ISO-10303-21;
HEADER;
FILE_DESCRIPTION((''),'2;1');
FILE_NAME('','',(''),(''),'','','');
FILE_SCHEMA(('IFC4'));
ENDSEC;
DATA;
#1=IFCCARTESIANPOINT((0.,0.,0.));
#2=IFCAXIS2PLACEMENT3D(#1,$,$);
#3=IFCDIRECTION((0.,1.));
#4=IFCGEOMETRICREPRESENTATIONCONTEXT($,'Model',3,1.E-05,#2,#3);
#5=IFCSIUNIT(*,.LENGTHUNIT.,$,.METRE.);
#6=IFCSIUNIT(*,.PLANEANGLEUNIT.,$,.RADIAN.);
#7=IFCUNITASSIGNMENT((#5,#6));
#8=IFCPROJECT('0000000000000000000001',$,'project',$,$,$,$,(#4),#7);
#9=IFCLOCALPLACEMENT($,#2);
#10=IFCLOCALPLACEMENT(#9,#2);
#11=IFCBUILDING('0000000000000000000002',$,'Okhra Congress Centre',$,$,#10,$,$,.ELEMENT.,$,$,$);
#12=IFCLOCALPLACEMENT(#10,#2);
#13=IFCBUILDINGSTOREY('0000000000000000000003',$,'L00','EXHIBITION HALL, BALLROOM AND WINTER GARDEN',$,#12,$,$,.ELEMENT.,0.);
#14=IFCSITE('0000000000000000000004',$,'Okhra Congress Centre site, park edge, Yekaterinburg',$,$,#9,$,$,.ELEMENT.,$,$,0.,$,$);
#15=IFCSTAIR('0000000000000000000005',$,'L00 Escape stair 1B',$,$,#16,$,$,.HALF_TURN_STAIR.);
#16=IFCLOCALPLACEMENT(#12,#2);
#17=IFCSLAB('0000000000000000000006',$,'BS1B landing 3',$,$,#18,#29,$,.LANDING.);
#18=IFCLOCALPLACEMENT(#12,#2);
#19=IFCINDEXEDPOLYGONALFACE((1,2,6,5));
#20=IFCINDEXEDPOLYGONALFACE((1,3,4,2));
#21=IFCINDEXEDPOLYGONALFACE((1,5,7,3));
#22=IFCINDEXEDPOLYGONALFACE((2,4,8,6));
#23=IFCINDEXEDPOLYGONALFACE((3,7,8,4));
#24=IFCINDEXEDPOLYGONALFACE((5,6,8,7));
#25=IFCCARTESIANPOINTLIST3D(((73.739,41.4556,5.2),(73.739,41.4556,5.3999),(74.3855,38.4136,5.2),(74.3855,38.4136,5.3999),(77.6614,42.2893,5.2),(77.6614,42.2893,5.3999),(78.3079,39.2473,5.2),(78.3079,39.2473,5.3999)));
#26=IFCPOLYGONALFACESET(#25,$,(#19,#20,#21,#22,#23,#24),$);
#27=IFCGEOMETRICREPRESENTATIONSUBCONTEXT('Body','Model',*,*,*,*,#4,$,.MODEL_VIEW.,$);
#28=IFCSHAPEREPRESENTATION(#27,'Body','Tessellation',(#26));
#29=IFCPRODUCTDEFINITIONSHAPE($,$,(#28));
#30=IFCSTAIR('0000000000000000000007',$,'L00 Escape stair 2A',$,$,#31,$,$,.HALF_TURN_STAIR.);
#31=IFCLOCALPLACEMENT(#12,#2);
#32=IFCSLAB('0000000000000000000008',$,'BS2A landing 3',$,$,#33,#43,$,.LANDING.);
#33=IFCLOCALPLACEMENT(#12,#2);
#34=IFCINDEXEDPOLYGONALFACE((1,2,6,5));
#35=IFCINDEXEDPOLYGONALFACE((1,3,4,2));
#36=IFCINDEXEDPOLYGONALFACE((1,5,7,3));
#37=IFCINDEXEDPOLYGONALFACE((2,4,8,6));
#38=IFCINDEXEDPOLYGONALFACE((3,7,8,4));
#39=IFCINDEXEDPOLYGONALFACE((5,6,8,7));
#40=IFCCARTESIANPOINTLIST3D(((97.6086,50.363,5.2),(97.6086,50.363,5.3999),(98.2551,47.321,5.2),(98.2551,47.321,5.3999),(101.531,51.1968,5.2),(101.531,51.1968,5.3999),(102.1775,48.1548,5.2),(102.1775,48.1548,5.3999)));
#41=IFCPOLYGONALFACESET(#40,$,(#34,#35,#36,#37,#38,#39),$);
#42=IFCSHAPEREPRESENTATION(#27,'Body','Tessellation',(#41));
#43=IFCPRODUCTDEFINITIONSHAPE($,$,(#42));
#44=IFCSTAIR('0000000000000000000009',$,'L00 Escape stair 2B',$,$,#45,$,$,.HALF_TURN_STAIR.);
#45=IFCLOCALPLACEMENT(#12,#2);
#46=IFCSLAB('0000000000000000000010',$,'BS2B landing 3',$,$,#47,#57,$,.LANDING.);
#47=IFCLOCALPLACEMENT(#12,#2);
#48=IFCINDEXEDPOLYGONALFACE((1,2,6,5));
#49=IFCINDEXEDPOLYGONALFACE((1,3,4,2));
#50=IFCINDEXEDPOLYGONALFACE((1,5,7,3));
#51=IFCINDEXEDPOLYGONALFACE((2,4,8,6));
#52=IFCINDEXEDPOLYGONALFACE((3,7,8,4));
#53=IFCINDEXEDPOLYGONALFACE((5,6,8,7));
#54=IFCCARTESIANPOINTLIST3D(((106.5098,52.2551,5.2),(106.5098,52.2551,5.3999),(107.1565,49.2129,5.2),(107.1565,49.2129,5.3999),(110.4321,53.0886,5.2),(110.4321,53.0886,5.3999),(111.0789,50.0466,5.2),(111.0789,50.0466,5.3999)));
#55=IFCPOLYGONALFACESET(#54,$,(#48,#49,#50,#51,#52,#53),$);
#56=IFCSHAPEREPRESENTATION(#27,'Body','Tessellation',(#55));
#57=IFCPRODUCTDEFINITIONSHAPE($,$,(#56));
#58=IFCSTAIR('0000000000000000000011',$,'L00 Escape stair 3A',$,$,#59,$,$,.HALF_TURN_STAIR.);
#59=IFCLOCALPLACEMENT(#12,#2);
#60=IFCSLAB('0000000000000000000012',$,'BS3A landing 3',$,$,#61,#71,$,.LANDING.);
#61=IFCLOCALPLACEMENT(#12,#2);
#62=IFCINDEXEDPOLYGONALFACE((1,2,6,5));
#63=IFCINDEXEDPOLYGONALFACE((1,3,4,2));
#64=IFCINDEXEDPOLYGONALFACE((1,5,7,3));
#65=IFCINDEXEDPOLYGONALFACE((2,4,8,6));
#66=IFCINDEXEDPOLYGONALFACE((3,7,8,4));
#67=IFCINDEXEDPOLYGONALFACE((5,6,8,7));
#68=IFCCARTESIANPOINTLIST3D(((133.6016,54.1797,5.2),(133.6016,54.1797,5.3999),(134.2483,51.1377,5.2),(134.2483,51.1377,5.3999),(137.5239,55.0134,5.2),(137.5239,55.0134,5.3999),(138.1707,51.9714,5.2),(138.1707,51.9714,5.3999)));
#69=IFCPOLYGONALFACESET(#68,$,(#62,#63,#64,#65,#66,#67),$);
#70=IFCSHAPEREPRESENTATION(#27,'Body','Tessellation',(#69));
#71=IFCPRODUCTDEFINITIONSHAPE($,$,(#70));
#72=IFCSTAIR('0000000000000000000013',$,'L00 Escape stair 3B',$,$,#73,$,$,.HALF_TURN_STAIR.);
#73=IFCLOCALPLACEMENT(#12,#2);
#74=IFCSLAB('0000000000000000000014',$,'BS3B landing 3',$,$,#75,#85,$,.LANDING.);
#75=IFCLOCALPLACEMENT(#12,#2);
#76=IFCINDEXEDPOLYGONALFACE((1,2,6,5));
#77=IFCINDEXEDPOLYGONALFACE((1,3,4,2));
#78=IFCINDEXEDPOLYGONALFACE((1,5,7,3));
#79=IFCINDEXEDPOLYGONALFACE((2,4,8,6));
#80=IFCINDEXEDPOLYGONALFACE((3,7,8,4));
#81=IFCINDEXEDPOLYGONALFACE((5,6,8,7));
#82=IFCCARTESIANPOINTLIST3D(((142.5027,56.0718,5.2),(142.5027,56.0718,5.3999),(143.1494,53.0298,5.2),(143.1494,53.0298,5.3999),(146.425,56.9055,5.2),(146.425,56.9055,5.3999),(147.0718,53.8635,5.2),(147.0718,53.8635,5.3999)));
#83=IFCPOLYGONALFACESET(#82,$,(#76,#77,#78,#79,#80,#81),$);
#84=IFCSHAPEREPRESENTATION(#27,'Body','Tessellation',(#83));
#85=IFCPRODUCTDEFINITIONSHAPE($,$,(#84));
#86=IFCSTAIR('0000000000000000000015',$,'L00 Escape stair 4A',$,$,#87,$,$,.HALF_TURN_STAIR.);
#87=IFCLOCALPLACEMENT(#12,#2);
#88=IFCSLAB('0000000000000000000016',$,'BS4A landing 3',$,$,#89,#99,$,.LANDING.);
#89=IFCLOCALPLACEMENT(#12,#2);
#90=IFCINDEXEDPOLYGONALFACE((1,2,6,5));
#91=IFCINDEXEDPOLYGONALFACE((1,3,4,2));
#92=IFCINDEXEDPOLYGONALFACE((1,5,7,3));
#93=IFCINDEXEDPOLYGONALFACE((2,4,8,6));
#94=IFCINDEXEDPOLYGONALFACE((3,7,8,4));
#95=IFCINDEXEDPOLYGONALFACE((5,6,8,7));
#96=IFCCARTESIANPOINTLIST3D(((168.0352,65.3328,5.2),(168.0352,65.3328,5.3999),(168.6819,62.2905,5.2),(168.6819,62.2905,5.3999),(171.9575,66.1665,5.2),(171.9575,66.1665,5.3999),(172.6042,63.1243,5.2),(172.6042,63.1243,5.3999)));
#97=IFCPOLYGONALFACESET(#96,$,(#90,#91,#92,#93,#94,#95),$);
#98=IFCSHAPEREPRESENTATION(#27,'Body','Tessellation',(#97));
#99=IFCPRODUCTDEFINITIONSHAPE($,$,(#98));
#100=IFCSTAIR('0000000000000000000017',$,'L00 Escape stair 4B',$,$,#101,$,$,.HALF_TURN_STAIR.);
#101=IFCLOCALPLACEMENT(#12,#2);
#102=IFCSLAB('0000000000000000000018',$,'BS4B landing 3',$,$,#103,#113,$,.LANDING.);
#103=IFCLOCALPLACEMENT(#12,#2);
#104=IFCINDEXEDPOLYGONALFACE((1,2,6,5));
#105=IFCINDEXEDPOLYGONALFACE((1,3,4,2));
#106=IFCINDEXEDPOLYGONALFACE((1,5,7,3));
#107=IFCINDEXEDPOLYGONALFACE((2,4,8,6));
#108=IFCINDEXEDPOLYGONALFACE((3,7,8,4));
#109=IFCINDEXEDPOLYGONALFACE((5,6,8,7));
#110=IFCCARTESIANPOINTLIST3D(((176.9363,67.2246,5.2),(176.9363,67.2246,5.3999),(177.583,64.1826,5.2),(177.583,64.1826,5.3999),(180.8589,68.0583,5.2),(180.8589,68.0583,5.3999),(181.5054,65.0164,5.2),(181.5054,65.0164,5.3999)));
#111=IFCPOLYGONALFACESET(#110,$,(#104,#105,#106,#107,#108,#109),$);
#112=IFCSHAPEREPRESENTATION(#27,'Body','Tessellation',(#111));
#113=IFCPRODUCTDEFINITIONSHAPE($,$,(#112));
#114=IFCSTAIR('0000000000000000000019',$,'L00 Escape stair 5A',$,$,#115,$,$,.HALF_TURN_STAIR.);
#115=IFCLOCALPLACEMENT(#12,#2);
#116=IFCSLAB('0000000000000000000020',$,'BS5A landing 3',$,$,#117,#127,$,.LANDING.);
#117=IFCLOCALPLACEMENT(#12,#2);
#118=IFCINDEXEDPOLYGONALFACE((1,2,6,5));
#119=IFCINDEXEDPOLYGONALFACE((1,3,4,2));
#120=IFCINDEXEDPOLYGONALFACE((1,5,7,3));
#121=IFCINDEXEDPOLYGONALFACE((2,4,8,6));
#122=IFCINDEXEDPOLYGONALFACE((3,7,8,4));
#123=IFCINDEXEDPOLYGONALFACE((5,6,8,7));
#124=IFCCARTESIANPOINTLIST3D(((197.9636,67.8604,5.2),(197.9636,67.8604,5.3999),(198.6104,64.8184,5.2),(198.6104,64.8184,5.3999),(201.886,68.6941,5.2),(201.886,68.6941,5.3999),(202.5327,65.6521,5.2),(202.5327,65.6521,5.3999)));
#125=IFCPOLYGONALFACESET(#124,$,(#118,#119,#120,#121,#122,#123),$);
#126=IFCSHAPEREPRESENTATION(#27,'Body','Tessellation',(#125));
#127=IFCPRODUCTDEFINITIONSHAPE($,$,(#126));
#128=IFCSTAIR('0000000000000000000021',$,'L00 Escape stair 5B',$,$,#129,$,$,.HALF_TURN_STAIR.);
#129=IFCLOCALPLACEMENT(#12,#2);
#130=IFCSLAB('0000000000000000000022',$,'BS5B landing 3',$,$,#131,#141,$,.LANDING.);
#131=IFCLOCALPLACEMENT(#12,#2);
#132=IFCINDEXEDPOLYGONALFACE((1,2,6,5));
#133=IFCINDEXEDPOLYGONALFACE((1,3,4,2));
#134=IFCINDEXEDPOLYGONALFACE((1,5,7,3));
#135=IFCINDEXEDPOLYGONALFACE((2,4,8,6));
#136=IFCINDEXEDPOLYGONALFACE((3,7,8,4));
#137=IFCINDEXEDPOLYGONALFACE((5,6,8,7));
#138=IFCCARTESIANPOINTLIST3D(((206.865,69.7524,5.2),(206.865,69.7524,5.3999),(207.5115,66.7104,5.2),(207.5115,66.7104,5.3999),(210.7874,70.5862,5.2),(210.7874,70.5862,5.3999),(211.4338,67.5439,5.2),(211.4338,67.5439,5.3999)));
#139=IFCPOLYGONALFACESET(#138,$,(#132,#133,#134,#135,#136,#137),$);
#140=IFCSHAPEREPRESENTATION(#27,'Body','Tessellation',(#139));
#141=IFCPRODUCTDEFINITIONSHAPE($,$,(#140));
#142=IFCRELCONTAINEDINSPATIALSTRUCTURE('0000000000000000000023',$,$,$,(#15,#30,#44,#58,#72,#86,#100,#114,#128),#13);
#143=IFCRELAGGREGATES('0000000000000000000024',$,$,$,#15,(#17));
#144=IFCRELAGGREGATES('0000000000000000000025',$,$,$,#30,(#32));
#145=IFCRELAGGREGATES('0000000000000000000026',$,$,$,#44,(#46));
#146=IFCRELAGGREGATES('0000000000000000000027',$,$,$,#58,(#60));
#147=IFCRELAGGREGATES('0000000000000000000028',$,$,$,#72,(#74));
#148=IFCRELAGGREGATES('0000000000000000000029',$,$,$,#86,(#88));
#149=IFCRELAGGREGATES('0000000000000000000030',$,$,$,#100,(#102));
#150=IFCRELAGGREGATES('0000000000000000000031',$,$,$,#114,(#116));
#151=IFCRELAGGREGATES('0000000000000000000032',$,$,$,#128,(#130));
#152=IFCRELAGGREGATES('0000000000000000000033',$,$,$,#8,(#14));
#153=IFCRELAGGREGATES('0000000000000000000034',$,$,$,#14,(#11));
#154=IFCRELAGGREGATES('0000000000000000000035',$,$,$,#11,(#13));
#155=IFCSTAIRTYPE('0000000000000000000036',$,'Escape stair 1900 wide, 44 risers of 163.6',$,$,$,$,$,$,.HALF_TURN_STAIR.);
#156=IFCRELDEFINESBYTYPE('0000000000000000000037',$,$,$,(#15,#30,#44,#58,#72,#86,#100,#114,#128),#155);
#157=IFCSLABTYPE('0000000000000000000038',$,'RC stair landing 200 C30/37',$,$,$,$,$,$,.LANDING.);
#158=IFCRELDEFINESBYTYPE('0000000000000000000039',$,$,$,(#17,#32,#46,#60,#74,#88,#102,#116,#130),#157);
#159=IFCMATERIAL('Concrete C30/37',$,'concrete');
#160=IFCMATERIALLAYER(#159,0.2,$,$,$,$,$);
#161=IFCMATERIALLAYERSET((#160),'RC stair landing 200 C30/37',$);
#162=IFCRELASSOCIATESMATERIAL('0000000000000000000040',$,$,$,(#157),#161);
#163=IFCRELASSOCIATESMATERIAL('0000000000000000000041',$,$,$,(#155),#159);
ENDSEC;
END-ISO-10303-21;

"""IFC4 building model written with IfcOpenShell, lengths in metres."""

from ifc_helpers import new_model, si_unit, direction, frame, origin, place, context, subcontext, project, spatial, polyline, outline, extrude, material, layer, layer_set, type_object, element, aggregate, save


model = new_model("IFC4")

# Units and contexts
model_context = context("Model", 3, precision=1e-05, world=origin(), true_north=direction((0.0, 1.0)))
body_context = subcontext(model_context, "Body", "Model", "MODEL_VIEW")
ifc_project = project(units=[si_unit("LENGTHUNIT", "METRE"), si_unit("PLANEANGLEUNIT", "RADIAN")], contexts=[model_context])

# Site, building, storey
site_placement = place(None, origin())
site = spatial("IfcSite", under=ifc_project, at=site_placement, Name="Okhra Congress Centre site, park edge, Yekaterinburg", CompositionType="ELEMENT", RefElevation=0.0)
building_placement = place(site_placement, origin())
building = spatial("IfcBuilding", under=site, at=building_placement, Name="Okhra Congress Centre", CompositionType="ELEMENT")
storey_placement = place(building_placement, origin())
storey = spatial("IfcBuildingStorey", under=building, at=storey_placement, Name="L00", Description="EXHIBITION HALL, BALLROOM AND WINTER GARDEN", CompositionType="ELEMENT", Elevation=0.0)

# Shared definitions
ifc_material = material(Name="Concrete C30/37", Category="concrete")

# Stairs, slabs
ifc_layer_1 = layer(ifc_material, 0.2)
ifc_layer_set_1 = layer_set([ifc_layer_1], Name="RC stair landing 200 C30/37")
slab_type_1 = type_object("IfcSlabType", Name="RC stair landing 200 C30/37", PredefinedType="LANDING", material=ifc_layer_set_1)
stair_type_1 = type_object("IfcStairType", Name="Escape stair 1900 wide, 44 risers of 163.6", PredefinedType="HALF_TURN_STAIR", material=ifc_material)
stair_1_placement = place(storey_placement, origin())
stair_1 = element("IfcStair", 1, at=stair_1_placement, inside=storey, type_object=stair_type_1, Name="L00 Escape stair 1B", PredefinedType="HALF_TURN_STAIR")
slab_1_placement = place(storey_placement, frame((0.0, 0.0, 5.2)))
slab_1 = element("IfcSlab", 2, at=slab_1_placement, type_object=slab_type_1, Name="BS1B landing 3", PredefinedType="LANDING", context=body_context, shape_type="SweptSolid", body=[
    extrude(outline(polyline([(78.3079, 39.2473), (74.3855, 38.4136), (73.739, 41.4556), (77.6614, 42.2893), (78.3079, 39.2473)])), origin(), (0.0, 0.0, 1.0), 0.2),
])
aggregate(stair_1, [slab_1])
stair_2_placement = place(storey_placement, origin())
stair_2 = element("IfcStair", 3, at=stair_2_placement, inside=storey, type_object=stair_type_1, Name="L00 Escape stair 2A", PredefinedType="HALF_TURN_STAIR")
slab_2_placement = place(storey_placement, frame((0.0, 0.0, 5.2)))
slab_2 = element("IfcSlab", 4, at=slab_2_placement, type_object=slab_type_1, Name="BS2A landing 3", PredefinedType="LANDING", context=body_context, shape_type="SweptSolid", body=[
    extrude(outline(polyline([(97.6086, 50.363), (101.531, 51.1968), (102.1775, 48.1548), (98.2551, 47.321), (97.6086, 50.363)])), origin(), (0.0, 0.0, 1.0), 0.2),
])
aggregate(stair_2, [slab_2])
stair_3_placement = place(storey_placement, origin())
stair_3 = element("IfcStair", 5, at=stair_3_placement, inside=storey, type_object=stair_type_1, Name="L00 Escape stair 2B", PredefinedType="HALF_TURN_STAIR")
slab_3_placement = place(storey_placement, frame((0.0, 0.0, 5.2)))
slab_3 = element("IfcSlab", 6, at=slab_3_placement, type_object=slab_type_1, Name="BS2B landing 3", PredefinedType="LANDING", context=body_context, shape_type="SweptSolid", body=[
    extrude(outline(polyline([(106.5098, 52.2551), (110.4321, 53.0886), (111.0789, 50.0466), (107.1565, 49.2129), (106.5098, 52.2551)])), origin(), (0.0, 0.0, 1.0), 0.2),
])
aggregate(stair_3, [slab_3])
stair_4_placement = place(storey_placement, origin())
stair_4 = element("IfcStair", 7, at=stair_4_placement, inside=storey, type_object=stair_type_1, Name="L00 Escape stair 3A", PredefinedType="HALF_TURN_STAIR")
slab_4_placement = place(storey_placement, frame((0.0, 0.0, 5.2)))
slab_4 = element("IfcSlab", 8, at=slab_4_placement, type_object=slab_type_1, Name="BS3A landing 3", PredefinedType="LANDING", context=body_context, shape_type="SweptSolid", body=[
    extrude(outline(polyline([(138.1707, 51.9714), (134.2483, 51.1377), (133.6016, 54.1797), (137.5239, 55.0134), (138.1707, 51.9714)])), origin(), (0.0, 0.0, 1.0), 0.2),
])
aggregate(stair_4, [slab_4])
stair_5_placement = place(storey_placement, origin())
stair_5 = element("IfcStair", 9, at=stair_5_placement, inside=storey, type_object=stair_type_1, Name="L00 Escape stair 3B", PredefinedType="HALF_TURN_STAIR")
slab_5_placement = place(storey_placement, frame((0.0, 0.0, 5.2)))
slab_5 = element("IfcSlab", 10, at=slab_5_placement, type_object=slab_type_1, Name="BS3B landing 3", PredefinedType="LANDING", context=body_context, shape_type="SweptSolid", body=[
    extrude(outline(polyline([(147.0718, 53.8635), (143.1494, 53.0298), (142.5027, 56.0718), (146.425, 56.9055), (147.0718, 53.8635)])), origin(), (0.0, 0.0, 1.0), 0.2),
])
aggregate(stair_5, [slab_5])
stair_6_placement = place(storey_placement, origin())
stair_6 = element("IfcStair", 11, at=stair_6_placement, inside=storey, type_object=stair_type_1, Name="L00 Escape stair 4A", PredefinedType="HALF_TURN_STAIR")
slab_6_placement = place(storey_placement, frame((0.0, 0.0, 5.2)))
slab_6 = element("IfcSlab", 12, at=slab_6_placement, type_object=slab_type_1, Name="BS4A landing 3", PredefinedType="LANDING", context=body_context, shape_type="SweptSolid", body=[
    extrude(outline(polyline([(168.0352, 65.3328), (171.9575, 66.1665), (172.6042, 63.1243), (168.6819, 62.2905), (168.0352, 65.3328)])), origin(), (0.0, 0.0, 1.0), 0.2),
])
aggregate(stair_6, [slab_6])
stair_7_placement = place(storey_placement, origin())
stair_7 = element("IfcStair", 13, at=stair_7_placement, inside=storey, type_object=stair_type_1, Name="L00 Escape stair 4B", PredefinedType="HALF_TURN_STAIR")
slab_7_placement = place(storey_placement, frame((0.0, 0.0, 5.2)))
slab_7 = element("IfcSlab", 14, at=slab_7_placement, type_object=slab_type_1, Name="BS4B landing 3", PredefinedType="LANDING", context=body_context, shape_type="SweptSolid", body=[
    extrude(outline(polyline([(176.9363, 67.2246), (180.8589, 68.0583), (181.5054, 65.0164), (177.583, 64.1826), (176.9363, 67.2246)])), origin(), (0.0, 0.0, 1.0), 0.2),
])
aggregate(stair_7, [slab_7])
stair_8_placement = place(storey_placement, origin())
stair_8 = element("IfcStair", 15, at=stair_8_placement, inside=storey, type_object=stair_type_1, Name="L00 Escape stair 5A", PredefinedType="HALF_TURN_STAIR")
slab_8_placement = place(storey_placement, frame((0.0, 0.0, 5.2)))
slab_8 = element("IfcSlab", 16, at=slab_8_placement, type_object=slab_type_1, Name="BS5A landing 3", PredefinedType="LANDING", context=body_context, shape_type="SweptSolid", body=[
    extrude(outline(polyline([(202.5327, 65.6521), (198.6104, 64.8184), (197.9636, 67.8604), (201.886, 68.6941), (202.5327, 65.6521)])), origin(), (0.0, 0.0, 1.0), 0.2),
])
aggregate(stair_8, [slab_8])
stair_9_placement = place(storey_placement, origin())
stair_9 = element("IfcStair", 17, at=stair_9_placement, inside=storey, type_object=stair_type_1, Name="L00 Escape stair 5B", PredefinedType="HALF_TURN_STAIR")
slab_9_placement = place(storey_placement, frame((0.0, 0.0, 5.2)))
slab_9 = element("IfcSlab", 18, at=slab_9_placement, type_object=slab_type_1, Name="BS5B landing 3", PredefinedType="LANDING", context=body_context, shape_type="SweptSolid", body=[
    extrude(outline(polyline([(211.4338, 67.5439), (207.5115, 66.7104), (206.865, 69.7524), (210.7874, 70.5862), (211.4338, 67.5439)])), origin(), (0.0, 0.0, 1.0), 0.2),
])
aggregate(stair_9, [slab_9])

save(model, "model.ifc")
